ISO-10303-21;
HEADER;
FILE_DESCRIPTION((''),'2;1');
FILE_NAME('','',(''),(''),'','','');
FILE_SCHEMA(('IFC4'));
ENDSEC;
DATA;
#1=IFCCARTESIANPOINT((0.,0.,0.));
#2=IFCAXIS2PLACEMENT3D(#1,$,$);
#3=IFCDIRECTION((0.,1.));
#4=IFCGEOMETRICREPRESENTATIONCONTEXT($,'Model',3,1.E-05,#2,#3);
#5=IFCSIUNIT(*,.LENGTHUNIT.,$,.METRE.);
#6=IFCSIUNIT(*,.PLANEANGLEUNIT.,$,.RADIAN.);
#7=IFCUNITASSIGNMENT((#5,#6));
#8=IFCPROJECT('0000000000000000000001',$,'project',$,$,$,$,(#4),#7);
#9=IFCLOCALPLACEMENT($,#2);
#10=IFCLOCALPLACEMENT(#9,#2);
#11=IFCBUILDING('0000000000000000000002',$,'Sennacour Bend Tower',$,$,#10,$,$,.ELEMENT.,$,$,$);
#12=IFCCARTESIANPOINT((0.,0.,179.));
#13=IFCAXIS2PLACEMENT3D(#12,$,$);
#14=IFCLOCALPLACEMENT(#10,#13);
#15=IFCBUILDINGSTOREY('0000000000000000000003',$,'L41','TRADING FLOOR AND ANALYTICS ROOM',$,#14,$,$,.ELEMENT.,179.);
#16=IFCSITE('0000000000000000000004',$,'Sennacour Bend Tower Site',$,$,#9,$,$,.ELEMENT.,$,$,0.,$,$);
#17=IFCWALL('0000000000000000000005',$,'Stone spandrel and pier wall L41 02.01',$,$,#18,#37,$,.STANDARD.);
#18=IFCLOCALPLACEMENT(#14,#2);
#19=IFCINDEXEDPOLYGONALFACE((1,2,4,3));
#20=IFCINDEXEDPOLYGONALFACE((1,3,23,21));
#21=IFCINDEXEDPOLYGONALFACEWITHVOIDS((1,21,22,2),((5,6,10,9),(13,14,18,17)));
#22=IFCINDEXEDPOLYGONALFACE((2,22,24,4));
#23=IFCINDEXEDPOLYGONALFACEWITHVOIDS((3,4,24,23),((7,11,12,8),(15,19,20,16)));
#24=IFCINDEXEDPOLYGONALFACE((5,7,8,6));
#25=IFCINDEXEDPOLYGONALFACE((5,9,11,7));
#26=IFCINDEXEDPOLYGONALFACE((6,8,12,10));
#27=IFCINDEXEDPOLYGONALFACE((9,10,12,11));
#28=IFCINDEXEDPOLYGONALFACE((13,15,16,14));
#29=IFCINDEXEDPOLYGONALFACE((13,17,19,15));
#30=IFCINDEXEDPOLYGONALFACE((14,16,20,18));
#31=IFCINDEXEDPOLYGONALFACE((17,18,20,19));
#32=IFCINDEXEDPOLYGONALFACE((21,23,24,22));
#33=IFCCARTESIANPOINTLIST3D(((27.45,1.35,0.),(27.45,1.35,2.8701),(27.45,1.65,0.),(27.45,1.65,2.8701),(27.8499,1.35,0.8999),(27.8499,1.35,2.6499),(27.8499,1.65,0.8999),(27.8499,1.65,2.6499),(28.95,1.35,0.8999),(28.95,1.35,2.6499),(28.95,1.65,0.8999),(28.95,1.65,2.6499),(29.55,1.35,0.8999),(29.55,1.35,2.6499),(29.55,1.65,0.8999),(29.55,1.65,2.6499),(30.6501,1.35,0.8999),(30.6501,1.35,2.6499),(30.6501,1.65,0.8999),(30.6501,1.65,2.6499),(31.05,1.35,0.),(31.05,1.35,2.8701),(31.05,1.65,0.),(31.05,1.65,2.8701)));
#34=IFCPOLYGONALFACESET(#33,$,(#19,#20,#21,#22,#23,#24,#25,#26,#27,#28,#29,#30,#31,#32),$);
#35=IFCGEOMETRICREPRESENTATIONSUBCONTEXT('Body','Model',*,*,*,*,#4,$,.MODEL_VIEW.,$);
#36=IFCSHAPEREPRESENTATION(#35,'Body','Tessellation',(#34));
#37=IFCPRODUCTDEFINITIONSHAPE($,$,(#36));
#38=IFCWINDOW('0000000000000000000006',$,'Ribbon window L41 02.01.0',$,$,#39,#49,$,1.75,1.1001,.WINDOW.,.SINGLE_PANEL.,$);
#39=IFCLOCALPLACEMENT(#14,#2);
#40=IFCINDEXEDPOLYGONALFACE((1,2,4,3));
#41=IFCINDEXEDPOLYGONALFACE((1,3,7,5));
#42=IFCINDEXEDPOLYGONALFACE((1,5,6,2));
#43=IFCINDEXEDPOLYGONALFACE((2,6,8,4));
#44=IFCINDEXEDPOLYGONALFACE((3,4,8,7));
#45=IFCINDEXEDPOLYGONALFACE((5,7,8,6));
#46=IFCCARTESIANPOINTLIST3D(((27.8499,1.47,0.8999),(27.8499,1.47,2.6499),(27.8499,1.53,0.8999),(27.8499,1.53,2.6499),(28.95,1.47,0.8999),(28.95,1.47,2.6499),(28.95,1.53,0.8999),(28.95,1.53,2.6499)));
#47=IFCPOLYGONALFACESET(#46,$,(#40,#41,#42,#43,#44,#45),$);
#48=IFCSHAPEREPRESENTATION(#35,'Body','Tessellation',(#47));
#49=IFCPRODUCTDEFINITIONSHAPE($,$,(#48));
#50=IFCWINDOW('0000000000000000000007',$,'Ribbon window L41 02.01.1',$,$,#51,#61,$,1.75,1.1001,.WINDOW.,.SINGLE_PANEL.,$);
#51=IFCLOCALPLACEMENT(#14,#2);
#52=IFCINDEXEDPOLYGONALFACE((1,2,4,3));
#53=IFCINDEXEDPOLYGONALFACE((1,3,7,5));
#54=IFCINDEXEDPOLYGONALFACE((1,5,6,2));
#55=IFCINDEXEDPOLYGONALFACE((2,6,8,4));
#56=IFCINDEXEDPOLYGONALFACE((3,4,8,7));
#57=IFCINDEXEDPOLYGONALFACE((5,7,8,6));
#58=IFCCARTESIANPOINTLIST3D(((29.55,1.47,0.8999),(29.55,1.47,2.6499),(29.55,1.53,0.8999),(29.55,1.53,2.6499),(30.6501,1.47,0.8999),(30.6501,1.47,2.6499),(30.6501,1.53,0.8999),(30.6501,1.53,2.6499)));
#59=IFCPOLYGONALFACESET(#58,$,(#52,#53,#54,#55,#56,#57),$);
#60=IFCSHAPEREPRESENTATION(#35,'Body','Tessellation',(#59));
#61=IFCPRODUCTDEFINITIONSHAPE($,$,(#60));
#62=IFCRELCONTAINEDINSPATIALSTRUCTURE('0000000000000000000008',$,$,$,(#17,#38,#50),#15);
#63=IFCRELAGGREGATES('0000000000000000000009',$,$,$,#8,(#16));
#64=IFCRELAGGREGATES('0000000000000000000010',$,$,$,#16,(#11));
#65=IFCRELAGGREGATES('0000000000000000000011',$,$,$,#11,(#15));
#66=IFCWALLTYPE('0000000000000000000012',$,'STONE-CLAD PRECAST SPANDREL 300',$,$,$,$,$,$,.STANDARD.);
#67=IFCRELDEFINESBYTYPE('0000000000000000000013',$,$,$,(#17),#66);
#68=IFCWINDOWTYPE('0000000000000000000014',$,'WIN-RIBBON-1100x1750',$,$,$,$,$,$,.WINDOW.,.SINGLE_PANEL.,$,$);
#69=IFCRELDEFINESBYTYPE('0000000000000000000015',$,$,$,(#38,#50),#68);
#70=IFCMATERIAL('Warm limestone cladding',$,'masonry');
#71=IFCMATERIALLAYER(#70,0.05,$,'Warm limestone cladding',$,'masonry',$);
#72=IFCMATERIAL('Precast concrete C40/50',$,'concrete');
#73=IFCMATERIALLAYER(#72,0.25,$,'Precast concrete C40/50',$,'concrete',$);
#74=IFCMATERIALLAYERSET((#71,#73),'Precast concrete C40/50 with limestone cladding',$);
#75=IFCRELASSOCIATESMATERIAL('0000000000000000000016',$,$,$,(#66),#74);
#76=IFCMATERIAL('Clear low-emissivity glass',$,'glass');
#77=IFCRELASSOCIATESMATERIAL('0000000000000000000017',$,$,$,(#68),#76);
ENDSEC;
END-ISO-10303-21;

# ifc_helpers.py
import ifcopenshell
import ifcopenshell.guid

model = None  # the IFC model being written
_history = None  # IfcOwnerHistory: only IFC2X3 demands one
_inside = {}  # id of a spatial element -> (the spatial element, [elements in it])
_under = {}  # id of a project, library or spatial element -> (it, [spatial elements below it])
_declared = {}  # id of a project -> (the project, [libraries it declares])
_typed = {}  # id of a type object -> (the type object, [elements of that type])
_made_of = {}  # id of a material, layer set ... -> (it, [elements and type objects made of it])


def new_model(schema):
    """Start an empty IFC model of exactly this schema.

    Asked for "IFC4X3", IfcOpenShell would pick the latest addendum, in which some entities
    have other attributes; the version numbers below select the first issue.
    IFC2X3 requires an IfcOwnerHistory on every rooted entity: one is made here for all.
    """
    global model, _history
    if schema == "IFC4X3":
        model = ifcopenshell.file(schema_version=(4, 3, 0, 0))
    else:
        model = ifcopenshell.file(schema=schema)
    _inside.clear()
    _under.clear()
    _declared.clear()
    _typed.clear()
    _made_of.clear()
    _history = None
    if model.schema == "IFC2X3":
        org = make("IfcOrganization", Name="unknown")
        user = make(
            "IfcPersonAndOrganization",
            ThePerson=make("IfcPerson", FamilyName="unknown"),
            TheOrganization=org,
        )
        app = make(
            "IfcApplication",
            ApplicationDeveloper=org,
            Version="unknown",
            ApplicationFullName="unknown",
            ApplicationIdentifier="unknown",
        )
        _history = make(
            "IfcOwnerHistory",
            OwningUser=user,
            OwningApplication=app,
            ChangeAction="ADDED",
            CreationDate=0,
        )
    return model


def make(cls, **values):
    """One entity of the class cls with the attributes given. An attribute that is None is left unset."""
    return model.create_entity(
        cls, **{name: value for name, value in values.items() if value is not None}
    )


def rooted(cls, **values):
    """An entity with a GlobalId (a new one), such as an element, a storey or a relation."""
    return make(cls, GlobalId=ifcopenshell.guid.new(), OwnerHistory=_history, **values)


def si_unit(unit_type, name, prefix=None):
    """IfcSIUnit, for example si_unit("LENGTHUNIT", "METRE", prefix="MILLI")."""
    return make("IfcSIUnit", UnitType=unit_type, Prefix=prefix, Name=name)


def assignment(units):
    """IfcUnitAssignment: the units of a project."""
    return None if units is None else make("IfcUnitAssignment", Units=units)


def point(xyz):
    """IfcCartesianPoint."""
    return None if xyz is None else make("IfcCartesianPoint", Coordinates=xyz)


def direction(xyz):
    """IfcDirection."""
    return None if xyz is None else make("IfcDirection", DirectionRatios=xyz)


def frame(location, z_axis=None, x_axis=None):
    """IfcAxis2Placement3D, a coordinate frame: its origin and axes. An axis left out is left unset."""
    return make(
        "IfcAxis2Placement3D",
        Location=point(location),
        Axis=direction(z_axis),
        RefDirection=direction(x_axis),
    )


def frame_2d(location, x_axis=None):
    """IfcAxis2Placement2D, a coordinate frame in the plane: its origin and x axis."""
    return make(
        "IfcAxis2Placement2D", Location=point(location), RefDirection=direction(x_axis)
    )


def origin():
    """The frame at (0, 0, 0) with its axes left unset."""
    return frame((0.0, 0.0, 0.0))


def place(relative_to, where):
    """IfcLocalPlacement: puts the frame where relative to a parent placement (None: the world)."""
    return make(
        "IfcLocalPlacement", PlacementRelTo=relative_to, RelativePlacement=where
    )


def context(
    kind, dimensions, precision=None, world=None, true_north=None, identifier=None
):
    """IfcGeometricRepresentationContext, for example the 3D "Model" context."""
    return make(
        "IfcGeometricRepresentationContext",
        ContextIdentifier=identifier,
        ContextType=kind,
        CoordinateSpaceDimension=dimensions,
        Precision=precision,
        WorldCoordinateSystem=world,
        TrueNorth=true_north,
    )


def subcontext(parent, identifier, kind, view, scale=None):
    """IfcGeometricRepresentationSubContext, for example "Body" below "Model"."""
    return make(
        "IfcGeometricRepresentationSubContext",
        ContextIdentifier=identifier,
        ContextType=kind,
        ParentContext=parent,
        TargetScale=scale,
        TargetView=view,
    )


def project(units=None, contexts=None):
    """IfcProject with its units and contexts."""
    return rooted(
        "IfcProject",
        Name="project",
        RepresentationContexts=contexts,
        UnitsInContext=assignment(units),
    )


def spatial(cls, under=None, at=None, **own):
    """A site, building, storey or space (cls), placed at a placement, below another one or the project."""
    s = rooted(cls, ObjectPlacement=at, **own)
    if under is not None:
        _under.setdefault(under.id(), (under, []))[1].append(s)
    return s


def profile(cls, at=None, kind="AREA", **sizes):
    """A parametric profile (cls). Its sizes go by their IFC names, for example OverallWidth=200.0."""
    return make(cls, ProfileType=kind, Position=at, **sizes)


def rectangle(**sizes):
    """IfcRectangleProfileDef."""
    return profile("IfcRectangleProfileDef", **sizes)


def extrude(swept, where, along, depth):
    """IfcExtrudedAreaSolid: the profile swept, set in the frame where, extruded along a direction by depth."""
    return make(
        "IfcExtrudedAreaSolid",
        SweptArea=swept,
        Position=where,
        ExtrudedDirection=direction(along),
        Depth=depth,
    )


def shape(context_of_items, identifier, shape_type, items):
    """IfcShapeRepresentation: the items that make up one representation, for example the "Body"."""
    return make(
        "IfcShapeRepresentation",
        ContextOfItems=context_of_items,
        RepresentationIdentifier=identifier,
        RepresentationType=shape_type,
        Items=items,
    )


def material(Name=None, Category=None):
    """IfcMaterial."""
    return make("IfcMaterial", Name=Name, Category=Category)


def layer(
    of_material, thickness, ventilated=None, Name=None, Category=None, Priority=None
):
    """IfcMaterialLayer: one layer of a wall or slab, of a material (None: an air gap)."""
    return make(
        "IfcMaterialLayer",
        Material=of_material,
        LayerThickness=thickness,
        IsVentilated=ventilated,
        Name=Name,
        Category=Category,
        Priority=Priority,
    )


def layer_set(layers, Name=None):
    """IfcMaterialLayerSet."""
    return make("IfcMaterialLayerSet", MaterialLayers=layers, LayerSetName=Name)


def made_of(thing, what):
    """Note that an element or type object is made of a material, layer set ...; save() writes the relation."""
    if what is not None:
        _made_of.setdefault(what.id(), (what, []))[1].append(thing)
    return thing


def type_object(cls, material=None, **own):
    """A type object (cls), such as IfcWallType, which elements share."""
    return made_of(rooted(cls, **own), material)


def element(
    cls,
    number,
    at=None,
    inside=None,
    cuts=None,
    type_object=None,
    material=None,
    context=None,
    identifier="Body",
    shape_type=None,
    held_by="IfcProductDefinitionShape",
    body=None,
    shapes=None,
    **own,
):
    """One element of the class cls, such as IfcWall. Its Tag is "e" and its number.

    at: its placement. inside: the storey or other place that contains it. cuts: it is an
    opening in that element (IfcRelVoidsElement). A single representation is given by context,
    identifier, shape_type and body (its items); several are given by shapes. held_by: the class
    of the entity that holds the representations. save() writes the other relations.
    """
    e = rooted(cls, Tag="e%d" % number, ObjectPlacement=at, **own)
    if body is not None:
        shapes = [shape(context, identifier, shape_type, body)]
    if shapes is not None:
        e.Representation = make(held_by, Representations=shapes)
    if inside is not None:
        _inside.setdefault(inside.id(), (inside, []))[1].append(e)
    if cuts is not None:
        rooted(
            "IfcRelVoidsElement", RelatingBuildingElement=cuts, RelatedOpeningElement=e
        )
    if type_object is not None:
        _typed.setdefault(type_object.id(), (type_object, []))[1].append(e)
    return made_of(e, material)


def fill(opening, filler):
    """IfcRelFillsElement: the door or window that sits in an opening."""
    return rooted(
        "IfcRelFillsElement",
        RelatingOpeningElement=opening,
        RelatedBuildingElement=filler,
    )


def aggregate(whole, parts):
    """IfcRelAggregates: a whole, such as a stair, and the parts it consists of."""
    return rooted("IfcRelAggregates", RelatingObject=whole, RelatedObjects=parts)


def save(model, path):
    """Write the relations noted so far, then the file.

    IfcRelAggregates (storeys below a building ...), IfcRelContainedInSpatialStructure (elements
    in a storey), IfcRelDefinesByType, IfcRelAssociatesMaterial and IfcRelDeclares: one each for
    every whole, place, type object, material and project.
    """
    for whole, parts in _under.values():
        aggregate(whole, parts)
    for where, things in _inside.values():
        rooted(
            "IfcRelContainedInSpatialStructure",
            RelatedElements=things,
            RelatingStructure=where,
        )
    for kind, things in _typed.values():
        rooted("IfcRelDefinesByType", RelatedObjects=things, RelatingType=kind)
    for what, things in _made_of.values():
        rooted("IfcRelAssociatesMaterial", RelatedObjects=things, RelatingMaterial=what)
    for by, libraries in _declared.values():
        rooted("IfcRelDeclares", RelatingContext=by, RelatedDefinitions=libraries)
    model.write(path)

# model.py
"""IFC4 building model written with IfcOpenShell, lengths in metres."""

from ifc_helpers import new_model, si_unit, direction, frame, frame_2d, origin, place, context, subcontext, project, spatial, rectangle, extrude, material, layer, layer_set, type_object, element, fill, save


model = new_model("IFC4")

# Units and contexts
model_context = context("Model", 3, precision=1e-05, world=origin(), true_north=direction((0.0, 1.0)))
body_context = subcontext(model_context, "Body", "Model", "MODEL_VIEW")
ifc_project = project(units=[si_unit("LENGTHUNIT", "METRE"), si_unit("PLANEANGLEUNIT", "RADIAN")], contexts=[model_context])

# Site, building, storey
site_placement = place(None, origin())
site = spatial("IfcSite", under=ifc_project, at=site_placement, Name="Sennacour Bend Tower Site", CompositionType="ELEMENT", RefElevation=0.0)
building_placement = place(site_placement, origin())
building = spatial("IfcBuilding", under=site, at=building_placement, Name="Sennacour Bend Tower", CompositionType="ELEMENT")
storey_placement = place(building_placement, frame((0.0, 0.0, 179.0)))
storey = spatial("IfcBuildingStorey", under=building, at=storey_placement, Name="L41", Description="TRADING FLOOR AND ANALYTICS ROOM", CompositionType="ELEMENT", Elevation=179.0)

# Shared definitions
ifc_material_1 = material(Name="Warm limestone cladding", Category="masonry")
ifc_layer_1 = layer(ifc_material_1, 0.05, Name="Warm limestone cladding", Category="masonry")
ifc_material_2 = material(Name="Precast concrete C40/50", Category="concrete")
ifc_layer_2 = layer(ifc_material_2, 0.25, Name="Precast concrete C40/50", Category="concrete")
ifc_layer_set_1 = layer_set([ifc_layer_1, ifc_layer_2], Name="Precast concrete C40/50 with limestone cladding")
wall_type_1 = type_object("IfcWallType", Name="STONE-CLAD PRECAST SPANDREL 300", PredefinedType="STANDARD", material=ifc_layer_set_1)

# Wall, openings, windows
ifc_material_3 = material(Name="Clear low-emissivity glass", Category="glass")
window_type = type_object("IfcWindowType", Name="WIN-RIBBON-1100x1750", PartitioningType="SINGLE_PANEL", PredefinedType="WINDOW", material=ifc_material_3)
wall_1_placement = place(storey_placement, frame((27.45, 1.5, 0.0), z_axis=(0.0, 0.0, 1.0), x_axis=(1.0, 0.0, 0.0)))
wall_1 = element("IfcWall", 1, at=wall_1_placement, inside=storey, type_object=wall_type_1, Name="Stone spandrel and pier wall L41 02.01", PredefinedType="STANDARD", context=body_context, shape_type="SweptSolid", body=[
    extrude(rectangle(XDim=3.6001, YDim=0.3, at=frame_2d((1.8, 0.0))), origin(), (0.0, 0.0, 1.0), 2.8701),
])
opening_1_placement = place(wall_1_placement, frame((0.3999, 0.0, 0.8999)))
opening_1 = element("IfcOpeningElement", 2, at=opening_1_placement, cuts=wall_1, PredefinedType="OPENING", context=body_context, shape_type="SweptSolid", body=[
    extrude(rectangle(XDim=1.1001, YDim=1.75, at=frame_2d((0.55, 0.875))), frame((0.0, 0.1602, 0.0), z_axis=(0.0, -1.0, 0.0), x_axis=(1.0, 0.0, 0.0)), (0.0, 0.0, 1.0), 0.3201),
])
opening_2_placement = place(wall_1_placement, frame((2.1001, 0.0, 0.8999)))
opening_2 = element("IfcOpeningElement", 3, at=opening_2_placement, cuts=wall_1, PredefinedType="OPENING", context=body_context, shape_type="SweptSolid", body=[
    extrude(rectangle(XDim=1.1001, YDim=1.75, at=frame_2d((0.55, 0.875))), frame((0.0, 0.1602, 0.0), z_axis=(0.0, -1.0, 0.0), x_axis=(1.0, 0.0, 0.0)), (0.0, 0.0, 1.0), 0.3201),
])
window_1_placement = place(opening_1_placement, origin())
window_1 = element("IfcWindow", 4, at=window_1_placement, inside=storey, type_object=window_type, Name="Ribbon window L41 02.01.0", OverallHeight=1.75, OverallWidth=1.1001, PartitioningType="SINGLE_PANEL", PredefinedType="WINDOW", context=body_context, shape_type="SweptSolid", body=[
    extrude(rectangle(XDim=1.1001, YDim=1.75, at=frame_2d((0.55, 0.875))), frame((0.0, 0.03, 0.0), z_axis=(0.0, -1.0, 0.0), x_axis=(1.0, 0.0, 0.0)), (0.0, 0.0, 1.0), 0.0601),
])
fill(opening_1, window_1)
window_2_placement = place(opening_2_placement, origin())
window_2 = element("IfcWindow", 5, at=window_2_placement, inside=storey, type_object=window_type, Name="Ribbon window L41 02.01.1", OverallHeight=1.75, OverallWidth=1.1001, PartitioningType="SINGLE_PANEL", PredefinedType="WINDOW", context=body_context, shape_type="SweptSolid", body=[
    extrude(rectangle(XDim=1.1001, YDim=1.75, at=frame_2d((0.55, 0.875))), frame((0.0, 0.03, 0.0), z_axis=(0.0, -1.0, 0.0), x_axis=(1.0, 0.0, 0.0)), (0.0, 0.0, 1.0), 0.0601),
])
fill(opening_2, window_2)

save(model, "model.ifc")
